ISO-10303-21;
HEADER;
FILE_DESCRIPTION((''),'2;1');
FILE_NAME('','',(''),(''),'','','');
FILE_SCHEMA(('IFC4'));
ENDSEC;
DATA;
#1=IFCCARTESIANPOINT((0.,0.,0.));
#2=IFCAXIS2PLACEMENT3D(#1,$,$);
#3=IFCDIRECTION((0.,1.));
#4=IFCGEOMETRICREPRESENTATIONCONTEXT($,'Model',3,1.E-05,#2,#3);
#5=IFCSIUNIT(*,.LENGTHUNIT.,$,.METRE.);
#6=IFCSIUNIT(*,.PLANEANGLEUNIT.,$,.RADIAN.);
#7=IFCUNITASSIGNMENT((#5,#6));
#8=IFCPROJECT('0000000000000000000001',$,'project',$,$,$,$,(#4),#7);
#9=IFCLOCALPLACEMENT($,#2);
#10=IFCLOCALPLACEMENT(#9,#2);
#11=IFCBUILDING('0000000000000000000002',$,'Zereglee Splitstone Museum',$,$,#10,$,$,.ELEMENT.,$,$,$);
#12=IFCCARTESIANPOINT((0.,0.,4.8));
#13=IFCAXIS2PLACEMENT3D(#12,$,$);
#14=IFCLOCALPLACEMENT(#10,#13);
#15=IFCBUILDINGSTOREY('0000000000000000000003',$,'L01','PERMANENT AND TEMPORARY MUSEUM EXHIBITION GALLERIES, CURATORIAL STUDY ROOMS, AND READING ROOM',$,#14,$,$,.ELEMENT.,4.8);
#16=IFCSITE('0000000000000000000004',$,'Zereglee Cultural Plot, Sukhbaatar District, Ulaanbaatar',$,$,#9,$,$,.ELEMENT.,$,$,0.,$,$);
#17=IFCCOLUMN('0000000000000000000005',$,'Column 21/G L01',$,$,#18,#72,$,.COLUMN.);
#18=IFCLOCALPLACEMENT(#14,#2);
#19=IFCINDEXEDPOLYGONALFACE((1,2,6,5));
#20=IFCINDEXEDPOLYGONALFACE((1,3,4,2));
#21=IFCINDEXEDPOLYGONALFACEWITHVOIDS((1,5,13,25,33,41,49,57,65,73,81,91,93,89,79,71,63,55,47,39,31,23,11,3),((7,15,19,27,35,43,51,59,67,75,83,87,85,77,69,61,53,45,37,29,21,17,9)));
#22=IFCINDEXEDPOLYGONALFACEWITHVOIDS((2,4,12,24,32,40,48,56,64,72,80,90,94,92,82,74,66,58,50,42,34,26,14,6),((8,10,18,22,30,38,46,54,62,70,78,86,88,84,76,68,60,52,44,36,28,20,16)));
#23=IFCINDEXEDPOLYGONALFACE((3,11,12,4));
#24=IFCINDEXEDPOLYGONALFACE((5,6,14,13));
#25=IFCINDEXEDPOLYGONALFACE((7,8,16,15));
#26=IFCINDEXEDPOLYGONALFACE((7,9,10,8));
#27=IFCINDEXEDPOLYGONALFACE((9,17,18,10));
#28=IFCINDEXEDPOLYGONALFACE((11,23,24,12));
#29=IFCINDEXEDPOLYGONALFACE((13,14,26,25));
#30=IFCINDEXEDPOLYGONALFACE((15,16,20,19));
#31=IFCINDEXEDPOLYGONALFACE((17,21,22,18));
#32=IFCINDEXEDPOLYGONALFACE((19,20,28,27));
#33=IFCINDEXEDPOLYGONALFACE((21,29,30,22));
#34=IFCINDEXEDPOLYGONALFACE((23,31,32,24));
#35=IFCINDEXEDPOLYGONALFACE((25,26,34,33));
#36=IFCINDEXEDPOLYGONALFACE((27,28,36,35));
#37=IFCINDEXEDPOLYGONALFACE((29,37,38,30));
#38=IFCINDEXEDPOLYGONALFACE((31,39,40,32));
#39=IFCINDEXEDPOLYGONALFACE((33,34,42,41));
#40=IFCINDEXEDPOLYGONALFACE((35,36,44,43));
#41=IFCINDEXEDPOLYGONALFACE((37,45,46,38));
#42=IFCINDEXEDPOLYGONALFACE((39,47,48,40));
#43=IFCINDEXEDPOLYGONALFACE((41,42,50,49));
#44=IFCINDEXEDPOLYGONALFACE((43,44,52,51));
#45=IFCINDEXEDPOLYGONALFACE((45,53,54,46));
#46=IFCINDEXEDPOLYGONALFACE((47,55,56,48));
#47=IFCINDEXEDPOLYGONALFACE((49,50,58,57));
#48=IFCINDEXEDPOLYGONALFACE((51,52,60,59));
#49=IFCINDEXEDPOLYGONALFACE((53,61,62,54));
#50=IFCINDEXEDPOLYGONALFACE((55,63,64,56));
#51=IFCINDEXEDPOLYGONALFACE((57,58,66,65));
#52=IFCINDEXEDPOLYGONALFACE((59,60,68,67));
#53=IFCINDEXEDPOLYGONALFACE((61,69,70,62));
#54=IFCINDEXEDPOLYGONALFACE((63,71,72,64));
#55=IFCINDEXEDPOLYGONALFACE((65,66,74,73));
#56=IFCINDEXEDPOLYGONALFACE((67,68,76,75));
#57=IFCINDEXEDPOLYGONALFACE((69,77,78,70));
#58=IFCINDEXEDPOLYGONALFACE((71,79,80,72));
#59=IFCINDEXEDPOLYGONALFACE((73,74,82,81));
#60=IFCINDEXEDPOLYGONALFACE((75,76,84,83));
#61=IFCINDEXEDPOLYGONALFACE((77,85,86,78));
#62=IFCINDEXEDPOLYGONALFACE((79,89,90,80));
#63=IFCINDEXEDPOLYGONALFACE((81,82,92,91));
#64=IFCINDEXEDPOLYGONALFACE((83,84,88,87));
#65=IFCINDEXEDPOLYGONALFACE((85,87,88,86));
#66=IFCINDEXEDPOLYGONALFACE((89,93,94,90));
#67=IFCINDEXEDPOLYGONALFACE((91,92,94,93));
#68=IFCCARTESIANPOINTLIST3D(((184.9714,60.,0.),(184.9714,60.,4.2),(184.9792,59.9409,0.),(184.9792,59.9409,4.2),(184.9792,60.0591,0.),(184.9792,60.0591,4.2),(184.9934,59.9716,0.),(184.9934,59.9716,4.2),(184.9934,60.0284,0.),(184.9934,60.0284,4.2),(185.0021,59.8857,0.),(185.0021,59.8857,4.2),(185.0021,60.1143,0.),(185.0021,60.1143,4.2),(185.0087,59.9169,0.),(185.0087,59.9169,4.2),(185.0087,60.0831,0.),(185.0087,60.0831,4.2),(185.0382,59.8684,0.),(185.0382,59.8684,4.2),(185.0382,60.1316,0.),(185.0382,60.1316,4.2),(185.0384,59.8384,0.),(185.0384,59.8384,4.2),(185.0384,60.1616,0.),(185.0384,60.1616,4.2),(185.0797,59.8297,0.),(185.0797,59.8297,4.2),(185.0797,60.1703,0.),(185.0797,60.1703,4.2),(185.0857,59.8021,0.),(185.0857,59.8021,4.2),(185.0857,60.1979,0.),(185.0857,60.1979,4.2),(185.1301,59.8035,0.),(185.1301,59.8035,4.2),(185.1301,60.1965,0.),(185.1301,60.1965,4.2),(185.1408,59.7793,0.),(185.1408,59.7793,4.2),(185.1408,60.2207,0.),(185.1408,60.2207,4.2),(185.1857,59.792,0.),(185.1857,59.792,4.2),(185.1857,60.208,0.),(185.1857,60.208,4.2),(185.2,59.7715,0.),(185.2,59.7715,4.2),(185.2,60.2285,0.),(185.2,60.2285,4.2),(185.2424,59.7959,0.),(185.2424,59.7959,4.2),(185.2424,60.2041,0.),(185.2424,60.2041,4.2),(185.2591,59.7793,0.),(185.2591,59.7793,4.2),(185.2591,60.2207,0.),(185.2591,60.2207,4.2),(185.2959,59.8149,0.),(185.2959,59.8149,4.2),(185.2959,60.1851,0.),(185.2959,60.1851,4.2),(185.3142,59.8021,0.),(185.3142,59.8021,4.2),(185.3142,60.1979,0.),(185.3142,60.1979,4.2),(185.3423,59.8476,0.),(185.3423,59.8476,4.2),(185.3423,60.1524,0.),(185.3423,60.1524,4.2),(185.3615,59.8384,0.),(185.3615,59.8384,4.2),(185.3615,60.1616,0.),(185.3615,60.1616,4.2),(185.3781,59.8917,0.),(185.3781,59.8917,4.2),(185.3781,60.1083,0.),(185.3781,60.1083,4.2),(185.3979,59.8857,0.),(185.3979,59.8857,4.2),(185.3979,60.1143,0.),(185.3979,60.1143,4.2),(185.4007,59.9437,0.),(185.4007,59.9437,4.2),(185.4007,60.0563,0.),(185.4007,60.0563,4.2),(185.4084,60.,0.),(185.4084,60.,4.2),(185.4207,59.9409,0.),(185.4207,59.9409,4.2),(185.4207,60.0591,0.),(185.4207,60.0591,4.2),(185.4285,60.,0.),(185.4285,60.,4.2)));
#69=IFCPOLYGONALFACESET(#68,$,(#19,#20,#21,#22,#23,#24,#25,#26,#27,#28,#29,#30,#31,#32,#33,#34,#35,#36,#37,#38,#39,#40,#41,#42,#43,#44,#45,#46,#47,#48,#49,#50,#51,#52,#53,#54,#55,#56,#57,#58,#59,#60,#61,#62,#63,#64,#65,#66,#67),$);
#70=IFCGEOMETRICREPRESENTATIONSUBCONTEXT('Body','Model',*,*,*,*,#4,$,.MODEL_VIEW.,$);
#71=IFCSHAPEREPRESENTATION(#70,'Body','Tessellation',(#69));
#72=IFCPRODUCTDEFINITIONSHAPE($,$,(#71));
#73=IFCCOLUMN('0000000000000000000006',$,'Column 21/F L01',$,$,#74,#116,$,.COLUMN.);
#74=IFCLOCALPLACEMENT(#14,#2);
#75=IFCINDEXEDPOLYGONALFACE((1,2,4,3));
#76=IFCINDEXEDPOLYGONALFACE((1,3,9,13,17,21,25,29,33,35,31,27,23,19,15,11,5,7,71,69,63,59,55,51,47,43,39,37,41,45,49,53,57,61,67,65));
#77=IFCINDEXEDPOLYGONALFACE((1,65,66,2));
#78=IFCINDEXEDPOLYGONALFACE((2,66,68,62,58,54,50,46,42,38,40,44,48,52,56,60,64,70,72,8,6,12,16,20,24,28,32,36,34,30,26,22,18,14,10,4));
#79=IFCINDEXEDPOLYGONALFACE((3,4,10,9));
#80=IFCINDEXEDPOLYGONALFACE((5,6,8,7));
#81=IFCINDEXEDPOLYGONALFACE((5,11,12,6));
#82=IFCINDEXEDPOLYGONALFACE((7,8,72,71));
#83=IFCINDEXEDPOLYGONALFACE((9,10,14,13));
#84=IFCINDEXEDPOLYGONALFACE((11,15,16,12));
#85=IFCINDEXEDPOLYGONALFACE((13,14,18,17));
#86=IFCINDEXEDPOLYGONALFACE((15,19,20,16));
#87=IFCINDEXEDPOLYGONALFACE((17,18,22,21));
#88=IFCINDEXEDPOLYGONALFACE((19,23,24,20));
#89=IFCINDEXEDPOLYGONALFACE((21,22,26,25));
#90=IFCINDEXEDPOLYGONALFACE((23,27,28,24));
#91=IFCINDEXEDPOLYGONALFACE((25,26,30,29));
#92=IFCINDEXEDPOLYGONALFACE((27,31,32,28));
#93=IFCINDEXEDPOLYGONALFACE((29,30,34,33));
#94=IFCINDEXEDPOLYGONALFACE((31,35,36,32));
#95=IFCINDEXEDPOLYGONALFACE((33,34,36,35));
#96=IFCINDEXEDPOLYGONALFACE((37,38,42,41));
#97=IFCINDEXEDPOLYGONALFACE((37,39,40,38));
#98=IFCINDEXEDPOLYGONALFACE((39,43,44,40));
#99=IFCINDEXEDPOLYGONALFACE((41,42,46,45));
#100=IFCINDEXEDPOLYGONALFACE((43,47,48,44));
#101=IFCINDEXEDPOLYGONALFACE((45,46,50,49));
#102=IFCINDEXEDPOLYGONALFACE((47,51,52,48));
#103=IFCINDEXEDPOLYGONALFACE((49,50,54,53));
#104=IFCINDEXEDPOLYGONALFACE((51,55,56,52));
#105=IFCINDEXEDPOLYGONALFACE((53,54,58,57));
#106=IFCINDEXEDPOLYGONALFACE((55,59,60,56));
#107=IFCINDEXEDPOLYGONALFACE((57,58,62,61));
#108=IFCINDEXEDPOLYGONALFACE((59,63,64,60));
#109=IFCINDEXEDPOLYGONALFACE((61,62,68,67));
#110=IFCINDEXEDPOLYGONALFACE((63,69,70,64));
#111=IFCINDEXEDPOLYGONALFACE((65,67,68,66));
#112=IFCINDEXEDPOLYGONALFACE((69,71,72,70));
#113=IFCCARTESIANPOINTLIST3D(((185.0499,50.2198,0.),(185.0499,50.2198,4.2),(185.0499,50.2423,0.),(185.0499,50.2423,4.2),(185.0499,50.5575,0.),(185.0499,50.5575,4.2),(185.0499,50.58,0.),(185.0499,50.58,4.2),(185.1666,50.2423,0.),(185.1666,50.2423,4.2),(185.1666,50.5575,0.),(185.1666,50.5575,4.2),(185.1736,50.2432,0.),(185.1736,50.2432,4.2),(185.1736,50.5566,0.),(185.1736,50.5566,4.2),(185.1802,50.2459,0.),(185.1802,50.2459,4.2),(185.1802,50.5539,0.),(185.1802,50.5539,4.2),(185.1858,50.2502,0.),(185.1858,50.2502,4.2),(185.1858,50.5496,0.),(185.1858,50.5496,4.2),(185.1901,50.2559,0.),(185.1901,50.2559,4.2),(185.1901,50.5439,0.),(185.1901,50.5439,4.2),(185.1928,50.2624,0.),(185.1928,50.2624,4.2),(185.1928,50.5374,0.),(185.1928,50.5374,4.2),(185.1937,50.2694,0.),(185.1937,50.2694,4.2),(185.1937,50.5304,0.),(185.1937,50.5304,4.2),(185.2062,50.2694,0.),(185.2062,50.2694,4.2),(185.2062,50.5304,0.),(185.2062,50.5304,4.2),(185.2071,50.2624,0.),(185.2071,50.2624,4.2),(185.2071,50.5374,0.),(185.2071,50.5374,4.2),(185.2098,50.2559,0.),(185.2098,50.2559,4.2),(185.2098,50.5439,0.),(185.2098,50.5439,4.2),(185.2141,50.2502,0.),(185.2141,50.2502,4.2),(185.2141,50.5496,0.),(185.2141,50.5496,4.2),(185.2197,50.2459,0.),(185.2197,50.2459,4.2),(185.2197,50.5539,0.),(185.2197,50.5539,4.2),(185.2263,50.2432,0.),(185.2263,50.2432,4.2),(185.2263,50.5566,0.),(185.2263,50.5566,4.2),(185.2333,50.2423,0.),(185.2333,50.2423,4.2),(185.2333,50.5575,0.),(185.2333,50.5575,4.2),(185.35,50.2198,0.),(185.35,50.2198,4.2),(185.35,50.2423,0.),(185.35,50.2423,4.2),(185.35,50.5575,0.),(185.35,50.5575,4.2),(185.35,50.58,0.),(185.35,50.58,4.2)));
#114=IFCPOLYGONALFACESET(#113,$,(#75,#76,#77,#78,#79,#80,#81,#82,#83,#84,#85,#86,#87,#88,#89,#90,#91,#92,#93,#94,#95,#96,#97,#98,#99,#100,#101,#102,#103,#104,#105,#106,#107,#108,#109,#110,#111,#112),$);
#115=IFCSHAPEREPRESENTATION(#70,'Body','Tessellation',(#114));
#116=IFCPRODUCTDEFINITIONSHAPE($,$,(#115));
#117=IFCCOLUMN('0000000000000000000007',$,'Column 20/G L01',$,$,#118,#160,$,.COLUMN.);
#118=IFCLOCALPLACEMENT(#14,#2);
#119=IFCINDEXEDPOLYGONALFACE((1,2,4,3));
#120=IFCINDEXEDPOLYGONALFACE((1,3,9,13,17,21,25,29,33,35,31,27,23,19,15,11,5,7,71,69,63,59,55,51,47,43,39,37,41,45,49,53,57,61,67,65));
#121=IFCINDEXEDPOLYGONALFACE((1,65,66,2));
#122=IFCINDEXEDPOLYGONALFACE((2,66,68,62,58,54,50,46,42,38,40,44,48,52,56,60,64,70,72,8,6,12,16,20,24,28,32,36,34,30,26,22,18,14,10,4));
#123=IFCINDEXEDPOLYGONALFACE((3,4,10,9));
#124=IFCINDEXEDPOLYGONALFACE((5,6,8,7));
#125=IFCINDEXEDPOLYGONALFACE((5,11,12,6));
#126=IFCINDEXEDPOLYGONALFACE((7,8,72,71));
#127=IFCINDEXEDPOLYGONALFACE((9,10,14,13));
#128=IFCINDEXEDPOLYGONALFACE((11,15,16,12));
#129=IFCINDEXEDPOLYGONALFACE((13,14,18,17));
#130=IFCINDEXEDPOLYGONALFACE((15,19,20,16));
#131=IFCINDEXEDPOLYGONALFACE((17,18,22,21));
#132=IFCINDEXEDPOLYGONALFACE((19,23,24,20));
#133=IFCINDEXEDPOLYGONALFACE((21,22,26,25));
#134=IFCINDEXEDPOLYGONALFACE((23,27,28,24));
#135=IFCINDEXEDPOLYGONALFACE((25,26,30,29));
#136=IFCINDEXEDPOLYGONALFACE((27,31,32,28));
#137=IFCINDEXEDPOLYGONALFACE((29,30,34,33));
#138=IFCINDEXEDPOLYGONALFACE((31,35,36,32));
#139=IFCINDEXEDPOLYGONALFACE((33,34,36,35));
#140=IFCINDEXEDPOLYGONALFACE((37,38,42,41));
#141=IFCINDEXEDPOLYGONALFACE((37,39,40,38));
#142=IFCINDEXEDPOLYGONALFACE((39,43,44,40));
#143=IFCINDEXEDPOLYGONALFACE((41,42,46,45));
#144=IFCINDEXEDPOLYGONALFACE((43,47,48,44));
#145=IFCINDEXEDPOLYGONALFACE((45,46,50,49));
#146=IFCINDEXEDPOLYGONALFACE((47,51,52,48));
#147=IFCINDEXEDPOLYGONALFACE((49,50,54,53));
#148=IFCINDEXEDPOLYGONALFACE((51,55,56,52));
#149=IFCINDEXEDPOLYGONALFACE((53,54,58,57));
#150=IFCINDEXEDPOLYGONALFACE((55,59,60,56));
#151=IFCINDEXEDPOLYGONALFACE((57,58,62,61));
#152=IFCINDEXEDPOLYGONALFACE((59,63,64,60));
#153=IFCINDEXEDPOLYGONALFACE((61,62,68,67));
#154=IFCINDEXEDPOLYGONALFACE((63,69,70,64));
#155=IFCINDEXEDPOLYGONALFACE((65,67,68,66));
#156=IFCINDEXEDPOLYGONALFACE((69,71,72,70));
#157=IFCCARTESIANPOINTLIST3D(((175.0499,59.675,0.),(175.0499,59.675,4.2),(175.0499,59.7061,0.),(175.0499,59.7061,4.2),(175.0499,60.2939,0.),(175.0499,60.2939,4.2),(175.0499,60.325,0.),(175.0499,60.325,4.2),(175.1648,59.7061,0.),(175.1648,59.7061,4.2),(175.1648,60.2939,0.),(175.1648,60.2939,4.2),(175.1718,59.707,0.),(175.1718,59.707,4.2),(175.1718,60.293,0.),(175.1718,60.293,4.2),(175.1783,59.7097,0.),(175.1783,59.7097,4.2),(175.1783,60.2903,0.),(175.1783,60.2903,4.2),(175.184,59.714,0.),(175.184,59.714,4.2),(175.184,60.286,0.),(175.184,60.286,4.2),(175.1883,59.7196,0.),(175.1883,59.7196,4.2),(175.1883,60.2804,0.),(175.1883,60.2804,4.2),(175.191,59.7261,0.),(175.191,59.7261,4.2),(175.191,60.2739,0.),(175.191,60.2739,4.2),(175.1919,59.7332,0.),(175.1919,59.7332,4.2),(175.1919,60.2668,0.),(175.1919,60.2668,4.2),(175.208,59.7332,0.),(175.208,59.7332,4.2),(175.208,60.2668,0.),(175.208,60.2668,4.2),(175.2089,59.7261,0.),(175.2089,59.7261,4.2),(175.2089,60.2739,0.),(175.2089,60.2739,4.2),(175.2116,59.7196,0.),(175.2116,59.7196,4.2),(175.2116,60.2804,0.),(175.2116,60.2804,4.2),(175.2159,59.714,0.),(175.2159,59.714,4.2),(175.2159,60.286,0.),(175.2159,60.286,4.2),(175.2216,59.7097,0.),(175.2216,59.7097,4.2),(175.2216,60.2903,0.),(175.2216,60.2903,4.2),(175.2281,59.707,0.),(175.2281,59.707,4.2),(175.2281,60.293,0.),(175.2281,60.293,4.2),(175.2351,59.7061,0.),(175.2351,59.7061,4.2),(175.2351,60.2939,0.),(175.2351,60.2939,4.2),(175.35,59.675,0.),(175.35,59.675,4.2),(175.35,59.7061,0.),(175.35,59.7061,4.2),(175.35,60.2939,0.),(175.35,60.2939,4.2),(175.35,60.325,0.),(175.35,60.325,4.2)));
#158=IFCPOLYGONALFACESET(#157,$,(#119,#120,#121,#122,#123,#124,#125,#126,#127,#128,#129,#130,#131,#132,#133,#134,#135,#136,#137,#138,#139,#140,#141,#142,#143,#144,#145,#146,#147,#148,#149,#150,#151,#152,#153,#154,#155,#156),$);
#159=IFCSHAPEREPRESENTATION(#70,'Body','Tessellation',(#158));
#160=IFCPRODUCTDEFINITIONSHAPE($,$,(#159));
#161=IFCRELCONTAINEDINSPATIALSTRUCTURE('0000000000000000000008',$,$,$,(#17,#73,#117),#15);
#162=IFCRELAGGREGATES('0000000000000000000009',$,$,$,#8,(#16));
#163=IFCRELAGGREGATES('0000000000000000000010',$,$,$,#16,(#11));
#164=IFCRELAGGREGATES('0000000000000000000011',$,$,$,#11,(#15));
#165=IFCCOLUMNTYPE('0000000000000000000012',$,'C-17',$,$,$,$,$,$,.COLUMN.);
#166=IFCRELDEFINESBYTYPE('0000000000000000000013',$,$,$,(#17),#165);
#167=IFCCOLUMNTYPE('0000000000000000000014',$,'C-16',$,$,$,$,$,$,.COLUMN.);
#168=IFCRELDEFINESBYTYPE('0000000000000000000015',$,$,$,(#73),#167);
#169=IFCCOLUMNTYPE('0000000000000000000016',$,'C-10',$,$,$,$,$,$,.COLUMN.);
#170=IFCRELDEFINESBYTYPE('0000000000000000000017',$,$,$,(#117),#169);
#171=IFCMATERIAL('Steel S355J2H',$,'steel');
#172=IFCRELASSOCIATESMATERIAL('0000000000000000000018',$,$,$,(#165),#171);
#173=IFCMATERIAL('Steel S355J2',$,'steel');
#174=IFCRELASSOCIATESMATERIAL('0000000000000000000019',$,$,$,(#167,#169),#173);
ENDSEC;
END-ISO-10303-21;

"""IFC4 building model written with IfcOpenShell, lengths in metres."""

from ifc_helpers import new_model, si_unit, direction, frame, origin, origin_2d, place, context, subcontext, project, spatial, hollow_circle, i_section, extrude, material, material_profile, profile_set, type_object, element, save


model = new_model("IFC4")

# Units and contexts
model_context = context("Model", 3, precision=1e-05, world=origin(), true_north=direction((0.0, 1.0)))
body_context = subcontext(model_context, "Body", "Model", "MODEL_VIEW")
ifc_project = project(units=[si_unit("LENGTHUNIT", "METRE"), si_unit("PLANEANGLEUNIT", "RADIAN")], contexts=[model_context])

# Site, building, storey
site_placement = place(None, origin())
site = spatial("IfcSite", under=ifc_project, at=site_placement, Name="Zereglee Cultural Plot, Sukhbaatar District, Ulaanbaatar", CompositionType="ELEMENT", RefElevation=0.0)
building_placement = place(site_placement, origin())
building = spatial("IfcBuilding", under=site, at=building_placement, Name="Zereglee Splitstone Museum", CompositionType="ELEMENT")
storey_placement = place(building_placement, frame((0.0, 0.0, 4.8)))
storey = spatial("IfcBuildingStorey", under=building, at=storey_placement, Name="L01", Description="PERMANENT AND TEMPORARY MUSEUM EXHIBITION GALLERIES, CURATORIAL STUDY ROOMS, AND READING ROOM", CompositionType="ELEMENT", Elevation=4.8)

# Columns
ifc_material_1 = material(Name="Steel S355J2H", Category="steel")
ifc_material_profile_1 = material_profile(ifc_material_1, hollow_circle(Radius=0.2285, WallThickness=0.02, at=origin_2d()), Name="CHS 457.0x20")
ifc_profile_set_1 = profile_set([ifc_material_profile_1], Name="Steel S355J2H")
column_type_1 = type_object("IfcColumnType", Name="C-17", PredefinedType="COLUMN", material=ifc_profile_set_1)
column_1_placement = place(storey_placement, frame((185.2, 60.0, 0.0), z_axis=(0.0, 0.0, 1.0), x_axis=(1.0, 0.0, 0.0)))
element("IfcColumn", 1, at=column_1_placement, inside=storey, type_object=column_type_1, Name="Column 21/G L01", PredefinedType="COLUMN", context=body_context, shape_type="SweptSolid", body=[
    extrude(hollow_circle(Radius=0.2285, WallThickness=0.02, at=origin_2d()), origin(), (0.0, 0.0, 1.0), 4.2),
])
ifc_material_2 = material(Name="Steel S355J2", Category="steel")
ifc_material_profile_2 = material_profile(ifc_material_2, i_section(OverallWidth=0.3, OverallDepth=0.3601, WebThickness=0.0125, FlangeThickness=0.0225, FilletRadius=0.0271, at=origin_2d()), Name="HE 360 B")
ifc_profile_set_2 = profile_set([ifc_material_profile_2], Name="Steel S355J2")
column_type_2 = type_object("IfcColumnType", Name="C-16", PredefinedType="COLUMN", material=ifc_profile_set_2)
column_2_placement = place(storey_placement, frame((185.2, 50.3999, 0.0), z_axis=(0.0, 0.0, 1.0), x_axis=(1.0, 0.0, 0.0)))
element("IfcColumn", 2, at=column_2_placement, inside=storey, type_object=column_type_2, Name="Column 21/F L01", PredefinedType="COLUMN", context=body_context, shape_type="SweptSolid", body=[
    extrude(i_section(OverallWidth=0.3, OverallDepth=0.3601, WebThickness=0.0125, FlangeThickness=0.0225, FilletRadius=0.0271, at=origin_2d()), origin(), (0.0, 0.0, 1.0), 4.2),
])
ifc_material_profile_3 = material_profile(ifc_material_2, i_section(OverallWidth=0.3, OverallDepth=0.6499, WebThickness=0.0161, FlangeThickness=0.031, FilletRadius=0.0271, at=origin_2d()), Name="HE 650 B")
ifc_profile_set_3 = profile_set([ifc_material_profile_3], Name="Steel S355J2")
column_type_3 = type_object("IfcColumnType", Name="C-10", PredefinedType="COLUMN", material=ifc_profile_set_3)
column_3_placement = place(storey_placement, frame((175.2, 60.0, 0.0), z_axis=(0.0, 0.0, 1.0), x_axis=(1.0, 0.0, 0.0)))
element("IfcColumn", 3, at=column_3_placement, inside=storey, type_object=column_type_3, Name="Column 20/G L01", PredefinedType="COLUMN", context=body_context, shape_type="SweptSolid", body=[
    extrude(i_section(OverallWidth=0.3, OverallDepth=0.6499, WebThickness=0.0161, FlangeThickness=0.031, FilletRadius=0.0271, at=origin_2d()), origin(), (0.0, 0.0, 1.0), 4.2),
])

save(model, "model.ifc")
